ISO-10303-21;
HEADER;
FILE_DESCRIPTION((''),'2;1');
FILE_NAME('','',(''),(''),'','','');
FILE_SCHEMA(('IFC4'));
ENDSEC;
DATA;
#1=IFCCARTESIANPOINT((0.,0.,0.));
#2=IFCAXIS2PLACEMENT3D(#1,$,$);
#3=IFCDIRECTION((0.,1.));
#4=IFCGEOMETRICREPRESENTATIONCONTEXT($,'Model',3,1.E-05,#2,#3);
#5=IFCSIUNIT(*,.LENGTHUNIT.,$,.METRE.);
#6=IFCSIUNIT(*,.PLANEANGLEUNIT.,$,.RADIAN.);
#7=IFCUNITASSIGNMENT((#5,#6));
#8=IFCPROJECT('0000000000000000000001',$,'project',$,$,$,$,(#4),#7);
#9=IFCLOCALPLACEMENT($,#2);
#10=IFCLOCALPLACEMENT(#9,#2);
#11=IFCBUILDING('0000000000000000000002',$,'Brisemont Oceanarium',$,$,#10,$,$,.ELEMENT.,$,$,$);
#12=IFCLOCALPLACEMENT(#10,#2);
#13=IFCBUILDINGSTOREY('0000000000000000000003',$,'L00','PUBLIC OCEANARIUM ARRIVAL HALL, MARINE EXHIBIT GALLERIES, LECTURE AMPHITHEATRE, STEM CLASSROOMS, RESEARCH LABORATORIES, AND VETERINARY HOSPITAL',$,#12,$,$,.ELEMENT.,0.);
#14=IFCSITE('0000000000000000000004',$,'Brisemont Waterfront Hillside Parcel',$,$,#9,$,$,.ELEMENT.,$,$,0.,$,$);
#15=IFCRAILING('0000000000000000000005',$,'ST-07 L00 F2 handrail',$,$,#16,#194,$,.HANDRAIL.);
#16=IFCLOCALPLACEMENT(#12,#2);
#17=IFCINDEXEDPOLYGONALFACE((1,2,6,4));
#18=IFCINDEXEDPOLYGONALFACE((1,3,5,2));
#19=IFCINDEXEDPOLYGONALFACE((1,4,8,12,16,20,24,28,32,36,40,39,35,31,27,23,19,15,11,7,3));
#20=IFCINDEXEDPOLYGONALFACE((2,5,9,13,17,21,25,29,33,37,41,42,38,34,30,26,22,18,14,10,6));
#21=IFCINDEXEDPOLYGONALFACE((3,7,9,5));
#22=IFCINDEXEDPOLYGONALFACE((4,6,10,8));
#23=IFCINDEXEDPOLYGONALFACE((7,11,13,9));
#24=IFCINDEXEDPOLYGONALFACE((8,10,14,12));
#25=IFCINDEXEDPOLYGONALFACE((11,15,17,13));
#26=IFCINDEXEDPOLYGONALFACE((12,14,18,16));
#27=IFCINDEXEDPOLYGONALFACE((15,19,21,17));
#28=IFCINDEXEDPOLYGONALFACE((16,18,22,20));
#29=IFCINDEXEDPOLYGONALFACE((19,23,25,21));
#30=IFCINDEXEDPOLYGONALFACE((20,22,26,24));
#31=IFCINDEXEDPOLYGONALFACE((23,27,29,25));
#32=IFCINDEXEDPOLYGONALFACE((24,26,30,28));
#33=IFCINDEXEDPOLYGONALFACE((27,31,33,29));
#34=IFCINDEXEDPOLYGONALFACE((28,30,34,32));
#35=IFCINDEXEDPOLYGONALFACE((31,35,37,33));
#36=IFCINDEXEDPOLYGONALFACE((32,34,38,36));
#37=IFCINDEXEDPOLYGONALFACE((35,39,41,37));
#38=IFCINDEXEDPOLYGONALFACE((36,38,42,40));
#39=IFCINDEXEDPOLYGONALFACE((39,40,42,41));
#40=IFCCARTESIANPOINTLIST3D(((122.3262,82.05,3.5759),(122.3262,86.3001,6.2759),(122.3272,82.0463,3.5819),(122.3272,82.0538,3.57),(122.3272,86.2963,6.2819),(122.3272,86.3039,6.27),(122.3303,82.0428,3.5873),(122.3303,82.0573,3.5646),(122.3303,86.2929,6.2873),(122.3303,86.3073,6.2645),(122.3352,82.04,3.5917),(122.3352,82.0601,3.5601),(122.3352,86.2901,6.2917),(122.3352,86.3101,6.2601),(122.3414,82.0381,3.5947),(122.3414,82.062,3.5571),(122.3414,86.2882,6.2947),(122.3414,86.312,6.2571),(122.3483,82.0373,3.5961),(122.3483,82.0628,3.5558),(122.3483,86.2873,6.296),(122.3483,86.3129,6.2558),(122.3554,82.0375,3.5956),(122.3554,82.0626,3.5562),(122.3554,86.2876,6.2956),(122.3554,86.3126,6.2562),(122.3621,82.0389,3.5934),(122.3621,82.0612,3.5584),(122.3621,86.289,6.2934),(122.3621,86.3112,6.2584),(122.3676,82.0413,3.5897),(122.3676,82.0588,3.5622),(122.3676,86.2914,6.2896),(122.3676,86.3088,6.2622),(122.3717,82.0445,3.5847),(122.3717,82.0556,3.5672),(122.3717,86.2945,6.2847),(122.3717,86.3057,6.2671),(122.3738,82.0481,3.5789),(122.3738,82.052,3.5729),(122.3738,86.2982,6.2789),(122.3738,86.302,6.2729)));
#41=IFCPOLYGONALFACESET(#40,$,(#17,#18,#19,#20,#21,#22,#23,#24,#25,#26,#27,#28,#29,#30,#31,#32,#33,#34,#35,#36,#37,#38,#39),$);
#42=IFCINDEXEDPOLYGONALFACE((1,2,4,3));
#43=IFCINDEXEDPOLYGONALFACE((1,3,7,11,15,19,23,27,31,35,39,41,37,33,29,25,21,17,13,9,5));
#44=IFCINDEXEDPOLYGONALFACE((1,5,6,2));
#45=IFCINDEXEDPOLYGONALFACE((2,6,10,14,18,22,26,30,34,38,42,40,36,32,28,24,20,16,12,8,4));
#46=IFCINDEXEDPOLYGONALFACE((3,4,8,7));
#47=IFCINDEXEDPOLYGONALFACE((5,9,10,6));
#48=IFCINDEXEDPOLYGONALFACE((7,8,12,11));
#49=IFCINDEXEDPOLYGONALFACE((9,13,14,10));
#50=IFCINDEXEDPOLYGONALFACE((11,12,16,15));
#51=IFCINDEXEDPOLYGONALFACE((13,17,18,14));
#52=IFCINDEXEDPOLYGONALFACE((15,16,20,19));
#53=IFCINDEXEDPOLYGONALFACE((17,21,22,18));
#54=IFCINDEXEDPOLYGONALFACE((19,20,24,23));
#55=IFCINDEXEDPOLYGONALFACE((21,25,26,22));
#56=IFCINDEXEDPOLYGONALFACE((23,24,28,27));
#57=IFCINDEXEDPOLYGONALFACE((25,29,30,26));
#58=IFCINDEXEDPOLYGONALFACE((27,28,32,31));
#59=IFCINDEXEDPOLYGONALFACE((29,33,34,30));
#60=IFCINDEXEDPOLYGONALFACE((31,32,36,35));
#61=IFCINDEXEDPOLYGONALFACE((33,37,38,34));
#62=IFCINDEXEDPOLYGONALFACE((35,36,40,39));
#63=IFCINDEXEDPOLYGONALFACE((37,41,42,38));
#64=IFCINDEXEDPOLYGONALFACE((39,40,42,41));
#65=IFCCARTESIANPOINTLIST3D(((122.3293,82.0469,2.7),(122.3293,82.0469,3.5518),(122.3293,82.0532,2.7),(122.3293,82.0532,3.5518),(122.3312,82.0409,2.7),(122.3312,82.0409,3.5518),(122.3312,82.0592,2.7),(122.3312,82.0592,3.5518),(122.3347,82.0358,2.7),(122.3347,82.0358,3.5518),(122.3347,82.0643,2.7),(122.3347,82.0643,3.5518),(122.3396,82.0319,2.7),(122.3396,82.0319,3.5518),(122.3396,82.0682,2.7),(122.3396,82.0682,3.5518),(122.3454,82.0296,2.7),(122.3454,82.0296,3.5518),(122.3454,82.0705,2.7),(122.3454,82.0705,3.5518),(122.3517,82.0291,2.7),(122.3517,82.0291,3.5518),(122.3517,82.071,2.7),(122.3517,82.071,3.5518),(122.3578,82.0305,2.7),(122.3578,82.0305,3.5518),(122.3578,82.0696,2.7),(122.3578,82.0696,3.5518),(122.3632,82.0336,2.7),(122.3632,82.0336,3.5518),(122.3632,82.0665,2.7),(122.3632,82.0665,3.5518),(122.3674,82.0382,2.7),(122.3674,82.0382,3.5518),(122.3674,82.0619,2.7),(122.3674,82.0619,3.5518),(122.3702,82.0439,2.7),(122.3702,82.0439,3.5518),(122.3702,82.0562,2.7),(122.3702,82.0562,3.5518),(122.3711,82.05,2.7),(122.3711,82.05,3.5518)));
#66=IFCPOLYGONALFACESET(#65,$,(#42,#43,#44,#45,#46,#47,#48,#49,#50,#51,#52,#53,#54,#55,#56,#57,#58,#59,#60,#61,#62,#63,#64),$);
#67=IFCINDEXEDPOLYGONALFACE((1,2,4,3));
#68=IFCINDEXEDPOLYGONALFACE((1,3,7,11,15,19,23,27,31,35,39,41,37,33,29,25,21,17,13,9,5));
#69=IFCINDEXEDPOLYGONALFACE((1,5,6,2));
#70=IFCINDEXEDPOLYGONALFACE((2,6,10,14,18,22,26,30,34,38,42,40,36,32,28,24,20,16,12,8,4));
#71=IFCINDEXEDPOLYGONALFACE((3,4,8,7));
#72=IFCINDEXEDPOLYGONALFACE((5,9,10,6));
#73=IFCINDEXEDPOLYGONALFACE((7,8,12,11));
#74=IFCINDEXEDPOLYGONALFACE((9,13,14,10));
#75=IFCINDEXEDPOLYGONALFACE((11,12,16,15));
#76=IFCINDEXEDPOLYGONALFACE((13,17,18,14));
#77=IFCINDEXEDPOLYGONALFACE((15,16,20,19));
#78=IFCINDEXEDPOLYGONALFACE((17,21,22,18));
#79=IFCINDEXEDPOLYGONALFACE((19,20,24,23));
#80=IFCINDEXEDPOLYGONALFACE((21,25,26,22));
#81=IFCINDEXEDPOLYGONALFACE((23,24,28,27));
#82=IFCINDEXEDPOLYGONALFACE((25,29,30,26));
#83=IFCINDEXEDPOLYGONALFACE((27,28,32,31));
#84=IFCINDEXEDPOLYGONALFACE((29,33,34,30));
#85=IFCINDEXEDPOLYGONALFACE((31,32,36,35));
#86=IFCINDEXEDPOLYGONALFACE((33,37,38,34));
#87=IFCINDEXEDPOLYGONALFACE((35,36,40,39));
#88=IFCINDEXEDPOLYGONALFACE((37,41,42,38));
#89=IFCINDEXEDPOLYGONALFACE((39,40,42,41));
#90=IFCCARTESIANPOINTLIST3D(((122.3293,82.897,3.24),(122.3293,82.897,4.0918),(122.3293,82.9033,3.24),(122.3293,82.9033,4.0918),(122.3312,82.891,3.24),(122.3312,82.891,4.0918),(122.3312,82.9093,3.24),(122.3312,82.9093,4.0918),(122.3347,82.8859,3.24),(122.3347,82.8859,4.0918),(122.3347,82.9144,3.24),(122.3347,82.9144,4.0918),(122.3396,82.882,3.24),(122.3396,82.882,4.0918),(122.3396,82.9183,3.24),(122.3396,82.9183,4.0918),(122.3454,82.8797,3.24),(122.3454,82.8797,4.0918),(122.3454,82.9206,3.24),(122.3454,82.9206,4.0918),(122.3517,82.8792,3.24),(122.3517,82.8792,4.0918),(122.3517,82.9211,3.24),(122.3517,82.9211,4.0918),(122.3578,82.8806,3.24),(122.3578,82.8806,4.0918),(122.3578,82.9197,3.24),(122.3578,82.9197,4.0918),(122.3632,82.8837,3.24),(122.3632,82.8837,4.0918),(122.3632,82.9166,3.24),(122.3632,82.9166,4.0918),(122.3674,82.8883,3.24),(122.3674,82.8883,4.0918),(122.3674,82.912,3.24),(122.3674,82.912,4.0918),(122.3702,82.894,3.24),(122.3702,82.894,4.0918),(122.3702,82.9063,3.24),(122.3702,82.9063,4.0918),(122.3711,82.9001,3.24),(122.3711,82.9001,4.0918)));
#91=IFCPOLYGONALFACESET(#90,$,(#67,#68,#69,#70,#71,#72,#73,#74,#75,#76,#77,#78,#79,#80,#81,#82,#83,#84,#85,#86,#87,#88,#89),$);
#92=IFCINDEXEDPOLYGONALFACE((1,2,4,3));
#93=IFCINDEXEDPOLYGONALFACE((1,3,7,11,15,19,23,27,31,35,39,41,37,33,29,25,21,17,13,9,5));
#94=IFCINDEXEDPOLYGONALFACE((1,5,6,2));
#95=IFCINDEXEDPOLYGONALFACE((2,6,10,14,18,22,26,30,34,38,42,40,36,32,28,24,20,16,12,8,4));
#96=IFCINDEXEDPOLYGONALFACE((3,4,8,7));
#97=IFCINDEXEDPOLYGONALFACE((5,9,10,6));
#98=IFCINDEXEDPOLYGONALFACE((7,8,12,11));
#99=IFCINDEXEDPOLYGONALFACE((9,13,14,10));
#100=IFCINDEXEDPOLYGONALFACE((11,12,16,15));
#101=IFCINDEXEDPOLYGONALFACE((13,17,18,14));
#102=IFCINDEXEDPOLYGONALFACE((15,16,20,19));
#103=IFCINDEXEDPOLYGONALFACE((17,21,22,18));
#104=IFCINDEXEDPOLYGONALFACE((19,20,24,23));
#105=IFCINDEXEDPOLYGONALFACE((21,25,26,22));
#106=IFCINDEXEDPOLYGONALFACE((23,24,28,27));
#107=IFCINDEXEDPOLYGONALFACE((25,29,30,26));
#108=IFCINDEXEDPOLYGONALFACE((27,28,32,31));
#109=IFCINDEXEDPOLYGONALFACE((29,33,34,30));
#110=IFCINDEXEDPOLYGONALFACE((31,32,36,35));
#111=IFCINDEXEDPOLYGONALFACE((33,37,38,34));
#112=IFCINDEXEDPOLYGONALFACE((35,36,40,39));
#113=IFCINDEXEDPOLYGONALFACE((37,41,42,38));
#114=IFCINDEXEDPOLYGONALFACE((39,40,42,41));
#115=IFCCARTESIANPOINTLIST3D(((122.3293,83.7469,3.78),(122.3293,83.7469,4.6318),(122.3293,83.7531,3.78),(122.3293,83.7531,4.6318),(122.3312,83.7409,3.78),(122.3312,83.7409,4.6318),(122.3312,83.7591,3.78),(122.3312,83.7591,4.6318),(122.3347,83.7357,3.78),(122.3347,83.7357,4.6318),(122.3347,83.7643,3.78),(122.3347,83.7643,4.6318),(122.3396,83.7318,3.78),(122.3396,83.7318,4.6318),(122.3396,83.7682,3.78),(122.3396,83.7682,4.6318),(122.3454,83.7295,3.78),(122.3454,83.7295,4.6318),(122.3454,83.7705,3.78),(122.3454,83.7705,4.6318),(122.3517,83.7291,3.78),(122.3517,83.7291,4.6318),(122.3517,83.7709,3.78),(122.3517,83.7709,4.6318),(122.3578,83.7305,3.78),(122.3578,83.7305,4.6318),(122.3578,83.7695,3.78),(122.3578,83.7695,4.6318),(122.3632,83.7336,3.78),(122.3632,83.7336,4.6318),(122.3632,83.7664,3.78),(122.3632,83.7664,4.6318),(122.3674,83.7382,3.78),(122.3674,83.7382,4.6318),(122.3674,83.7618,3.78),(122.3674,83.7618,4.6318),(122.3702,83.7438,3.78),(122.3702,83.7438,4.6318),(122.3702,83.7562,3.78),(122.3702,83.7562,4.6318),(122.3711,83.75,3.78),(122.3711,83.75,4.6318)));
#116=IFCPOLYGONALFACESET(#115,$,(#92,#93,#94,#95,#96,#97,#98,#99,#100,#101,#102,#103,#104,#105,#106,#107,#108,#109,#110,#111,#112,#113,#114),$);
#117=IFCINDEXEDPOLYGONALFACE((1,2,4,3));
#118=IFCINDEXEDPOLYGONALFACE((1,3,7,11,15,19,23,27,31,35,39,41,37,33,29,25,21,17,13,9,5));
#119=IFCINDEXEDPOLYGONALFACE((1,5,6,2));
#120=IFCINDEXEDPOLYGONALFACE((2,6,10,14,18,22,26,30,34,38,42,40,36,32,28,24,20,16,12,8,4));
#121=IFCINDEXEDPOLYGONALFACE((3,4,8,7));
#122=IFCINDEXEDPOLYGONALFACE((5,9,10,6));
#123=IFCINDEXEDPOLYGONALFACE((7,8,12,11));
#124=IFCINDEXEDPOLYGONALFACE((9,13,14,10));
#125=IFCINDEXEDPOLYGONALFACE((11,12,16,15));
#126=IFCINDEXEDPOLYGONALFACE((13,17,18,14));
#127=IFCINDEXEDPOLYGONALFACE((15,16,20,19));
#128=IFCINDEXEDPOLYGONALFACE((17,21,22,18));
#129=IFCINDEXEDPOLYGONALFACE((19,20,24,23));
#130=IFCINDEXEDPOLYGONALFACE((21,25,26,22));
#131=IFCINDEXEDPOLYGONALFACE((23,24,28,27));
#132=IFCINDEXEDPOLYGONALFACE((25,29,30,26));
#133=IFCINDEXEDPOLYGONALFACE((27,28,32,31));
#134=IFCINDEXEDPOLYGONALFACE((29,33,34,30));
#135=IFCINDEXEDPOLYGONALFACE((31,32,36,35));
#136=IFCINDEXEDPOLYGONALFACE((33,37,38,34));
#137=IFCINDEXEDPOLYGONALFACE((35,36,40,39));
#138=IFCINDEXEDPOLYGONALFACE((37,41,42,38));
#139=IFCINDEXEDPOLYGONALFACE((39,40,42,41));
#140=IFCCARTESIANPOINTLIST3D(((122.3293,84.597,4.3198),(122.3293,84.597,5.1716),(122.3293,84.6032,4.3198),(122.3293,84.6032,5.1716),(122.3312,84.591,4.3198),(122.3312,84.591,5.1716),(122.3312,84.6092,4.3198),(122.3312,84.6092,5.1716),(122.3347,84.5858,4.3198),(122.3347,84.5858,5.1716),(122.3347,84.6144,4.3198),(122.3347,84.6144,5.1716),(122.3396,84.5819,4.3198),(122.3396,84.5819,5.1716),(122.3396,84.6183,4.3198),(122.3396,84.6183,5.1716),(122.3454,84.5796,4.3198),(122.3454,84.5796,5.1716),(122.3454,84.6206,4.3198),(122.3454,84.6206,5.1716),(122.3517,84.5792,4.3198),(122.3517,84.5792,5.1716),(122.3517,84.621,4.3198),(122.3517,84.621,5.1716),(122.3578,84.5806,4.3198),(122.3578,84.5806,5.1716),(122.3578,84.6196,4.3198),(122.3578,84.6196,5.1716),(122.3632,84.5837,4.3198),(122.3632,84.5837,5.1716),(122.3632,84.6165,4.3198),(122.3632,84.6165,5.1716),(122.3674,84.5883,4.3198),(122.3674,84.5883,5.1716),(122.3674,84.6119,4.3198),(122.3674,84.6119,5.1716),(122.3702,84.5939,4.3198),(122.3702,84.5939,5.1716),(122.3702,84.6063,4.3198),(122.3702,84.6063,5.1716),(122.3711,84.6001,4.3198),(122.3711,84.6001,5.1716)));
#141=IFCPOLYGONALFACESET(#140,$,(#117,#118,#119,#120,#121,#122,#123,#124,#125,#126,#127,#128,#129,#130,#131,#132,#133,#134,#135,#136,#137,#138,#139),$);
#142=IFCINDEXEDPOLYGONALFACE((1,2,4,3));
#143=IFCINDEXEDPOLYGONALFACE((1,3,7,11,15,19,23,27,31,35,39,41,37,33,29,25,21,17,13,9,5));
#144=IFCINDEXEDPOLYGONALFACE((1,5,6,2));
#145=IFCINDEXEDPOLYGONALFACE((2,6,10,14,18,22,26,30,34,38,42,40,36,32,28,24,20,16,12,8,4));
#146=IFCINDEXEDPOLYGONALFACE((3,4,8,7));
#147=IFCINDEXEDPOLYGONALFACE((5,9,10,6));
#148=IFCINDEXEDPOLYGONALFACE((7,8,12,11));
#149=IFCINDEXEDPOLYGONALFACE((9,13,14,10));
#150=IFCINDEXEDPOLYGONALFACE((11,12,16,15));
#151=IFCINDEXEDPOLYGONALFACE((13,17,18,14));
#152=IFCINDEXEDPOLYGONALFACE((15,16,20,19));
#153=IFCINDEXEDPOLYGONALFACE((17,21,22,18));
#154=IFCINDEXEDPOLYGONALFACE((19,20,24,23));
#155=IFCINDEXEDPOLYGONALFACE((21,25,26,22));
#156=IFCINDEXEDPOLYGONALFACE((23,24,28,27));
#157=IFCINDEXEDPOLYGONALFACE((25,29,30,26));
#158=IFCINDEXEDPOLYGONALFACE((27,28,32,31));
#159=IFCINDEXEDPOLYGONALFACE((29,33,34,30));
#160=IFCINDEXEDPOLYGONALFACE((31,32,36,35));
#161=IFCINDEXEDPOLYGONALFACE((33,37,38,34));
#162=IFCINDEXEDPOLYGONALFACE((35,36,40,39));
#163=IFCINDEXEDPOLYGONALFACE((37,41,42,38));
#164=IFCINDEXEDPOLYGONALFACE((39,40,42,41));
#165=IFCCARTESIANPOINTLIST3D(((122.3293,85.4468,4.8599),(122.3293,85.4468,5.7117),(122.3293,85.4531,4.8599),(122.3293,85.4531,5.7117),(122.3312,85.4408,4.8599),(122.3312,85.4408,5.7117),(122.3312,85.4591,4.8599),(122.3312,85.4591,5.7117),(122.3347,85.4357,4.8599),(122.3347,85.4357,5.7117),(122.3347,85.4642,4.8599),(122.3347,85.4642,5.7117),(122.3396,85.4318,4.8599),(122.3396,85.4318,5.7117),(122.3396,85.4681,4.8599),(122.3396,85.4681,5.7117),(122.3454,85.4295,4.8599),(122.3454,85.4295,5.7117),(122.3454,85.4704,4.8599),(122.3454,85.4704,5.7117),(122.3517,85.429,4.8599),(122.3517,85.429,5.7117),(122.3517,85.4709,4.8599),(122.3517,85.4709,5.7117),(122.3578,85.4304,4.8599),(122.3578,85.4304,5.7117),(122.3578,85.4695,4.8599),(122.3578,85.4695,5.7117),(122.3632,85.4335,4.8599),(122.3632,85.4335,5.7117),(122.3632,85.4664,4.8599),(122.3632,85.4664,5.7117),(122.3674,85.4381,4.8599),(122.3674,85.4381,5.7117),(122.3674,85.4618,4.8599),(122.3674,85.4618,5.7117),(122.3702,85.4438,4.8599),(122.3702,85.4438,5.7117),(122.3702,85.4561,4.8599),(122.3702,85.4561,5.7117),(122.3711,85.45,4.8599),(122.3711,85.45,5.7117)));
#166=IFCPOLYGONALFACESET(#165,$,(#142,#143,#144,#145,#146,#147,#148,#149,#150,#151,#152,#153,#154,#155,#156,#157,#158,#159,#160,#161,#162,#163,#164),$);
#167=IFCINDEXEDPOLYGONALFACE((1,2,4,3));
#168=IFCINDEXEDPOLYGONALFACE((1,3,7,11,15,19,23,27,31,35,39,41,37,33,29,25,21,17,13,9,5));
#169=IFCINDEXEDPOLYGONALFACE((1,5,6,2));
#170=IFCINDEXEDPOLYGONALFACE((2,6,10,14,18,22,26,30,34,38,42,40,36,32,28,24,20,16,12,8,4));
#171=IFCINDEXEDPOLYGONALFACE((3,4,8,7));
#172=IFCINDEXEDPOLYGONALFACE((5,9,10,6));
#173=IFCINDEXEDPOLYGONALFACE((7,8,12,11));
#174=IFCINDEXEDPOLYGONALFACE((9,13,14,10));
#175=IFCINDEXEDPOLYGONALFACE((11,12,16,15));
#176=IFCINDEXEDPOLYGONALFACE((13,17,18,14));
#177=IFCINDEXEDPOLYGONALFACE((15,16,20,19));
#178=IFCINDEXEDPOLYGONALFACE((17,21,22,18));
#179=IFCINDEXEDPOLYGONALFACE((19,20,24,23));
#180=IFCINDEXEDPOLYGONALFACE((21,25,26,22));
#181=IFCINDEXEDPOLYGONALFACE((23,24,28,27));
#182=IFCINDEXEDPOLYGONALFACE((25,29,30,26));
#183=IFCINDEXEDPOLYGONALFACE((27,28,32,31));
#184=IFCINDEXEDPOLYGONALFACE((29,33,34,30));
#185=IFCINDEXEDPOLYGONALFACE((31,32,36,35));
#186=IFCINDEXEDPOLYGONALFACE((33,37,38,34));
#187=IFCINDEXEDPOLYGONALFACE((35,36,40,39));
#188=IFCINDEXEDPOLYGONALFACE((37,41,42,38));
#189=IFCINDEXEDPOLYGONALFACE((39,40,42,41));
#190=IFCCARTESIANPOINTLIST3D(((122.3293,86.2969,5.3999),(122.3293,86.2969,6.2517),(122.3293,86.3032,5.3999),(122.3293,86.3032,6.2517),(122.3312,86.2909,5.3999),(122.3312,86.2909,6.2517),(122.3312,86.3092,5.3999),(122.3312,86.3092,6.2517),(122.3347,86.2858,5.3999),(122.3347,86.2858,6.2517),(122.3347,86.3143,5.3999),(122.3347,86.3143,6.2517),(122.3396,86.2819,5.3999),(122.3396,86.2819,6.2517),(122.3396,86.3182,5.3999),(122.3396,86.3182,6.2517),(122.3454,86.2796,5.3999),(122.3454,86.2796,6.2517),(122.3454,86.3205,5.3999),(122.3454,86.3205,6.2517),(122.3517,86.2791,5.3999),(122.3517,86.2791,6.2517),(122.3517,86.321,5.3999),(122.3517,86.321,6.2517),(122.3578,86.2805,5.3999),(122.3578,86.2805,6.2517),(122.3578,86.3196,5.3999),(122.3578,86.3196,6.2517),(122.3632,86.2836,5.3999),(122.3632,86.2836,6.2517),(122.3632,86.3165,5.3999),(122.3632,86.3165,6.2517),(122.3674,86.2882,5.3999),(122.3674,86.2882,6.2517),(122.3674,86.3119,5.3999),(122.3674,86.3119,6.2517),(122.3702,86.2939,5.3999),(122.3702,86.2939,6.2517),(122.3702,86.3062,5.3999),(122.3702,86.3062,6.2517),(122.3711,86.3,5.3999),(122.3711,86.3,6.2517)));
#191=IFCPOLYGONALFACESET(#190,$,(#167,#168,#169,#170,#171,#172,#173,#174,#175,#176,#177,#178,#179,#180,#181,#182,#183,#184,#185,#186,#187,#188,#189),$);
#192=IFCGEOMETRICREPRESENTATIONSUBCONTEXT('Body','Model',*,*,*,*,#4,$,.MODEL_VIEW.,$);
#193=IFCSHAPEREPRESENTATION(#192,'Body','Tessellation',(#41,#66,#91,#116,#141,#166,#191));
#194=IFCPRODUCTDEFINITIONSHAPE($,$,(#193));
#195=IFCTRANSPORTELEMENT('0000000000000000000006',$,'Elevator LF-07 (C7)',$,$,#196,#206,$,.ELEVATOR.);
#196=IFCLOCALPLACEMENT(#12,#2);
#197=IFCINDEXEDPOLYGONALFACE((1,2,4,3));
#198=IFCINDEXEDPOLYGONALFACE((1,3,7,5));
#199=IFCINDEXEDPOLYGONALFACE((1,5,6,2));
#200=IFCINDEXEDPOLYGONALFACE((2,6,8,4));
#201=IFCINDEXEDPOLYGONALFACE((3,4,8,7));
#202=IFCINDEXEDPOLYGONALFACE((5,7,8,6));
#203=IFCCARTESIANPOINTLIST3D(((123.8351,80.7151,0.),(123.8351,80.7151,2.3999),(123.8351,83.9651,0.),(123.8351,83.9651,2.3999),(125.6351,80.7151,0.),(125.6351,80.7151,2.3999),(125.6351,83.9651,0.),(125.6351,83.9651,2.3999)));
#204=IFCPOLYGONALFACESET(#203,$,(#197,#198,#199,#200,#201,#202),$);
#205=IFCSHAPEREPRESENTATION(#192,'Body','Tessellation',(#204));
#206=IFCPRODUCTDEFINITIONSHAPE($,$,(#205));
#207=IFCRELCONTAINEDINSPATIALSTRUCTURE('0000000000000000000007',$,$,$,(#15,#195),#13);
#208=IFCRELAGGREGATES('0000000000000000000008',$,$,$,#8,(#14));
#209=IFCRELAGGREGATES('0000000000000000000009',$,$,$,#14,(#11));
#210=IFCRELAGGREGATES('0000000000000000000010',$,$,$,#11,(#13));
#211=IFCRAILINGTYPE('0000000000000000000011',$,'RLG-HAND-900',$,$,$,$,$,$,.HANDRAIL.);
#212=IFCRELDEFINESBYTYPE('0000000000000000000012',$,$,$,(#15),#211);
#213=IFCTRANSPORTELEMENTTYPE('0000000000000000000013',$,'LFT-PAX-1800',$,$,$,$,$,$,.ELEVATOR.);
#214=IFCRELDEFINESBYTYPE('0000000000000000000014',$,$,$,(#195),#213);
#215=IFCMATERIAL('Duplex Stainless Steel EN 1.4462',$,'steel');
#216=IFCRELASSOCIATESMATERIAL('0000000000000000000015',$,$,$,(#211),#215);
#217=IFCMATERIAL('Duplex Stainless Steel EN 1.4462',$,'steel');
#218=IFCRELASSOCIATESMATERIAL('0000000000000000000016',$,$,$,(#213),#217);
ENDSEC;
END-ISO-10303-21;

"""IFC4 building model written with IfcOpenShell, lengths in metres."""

from ifc_helpers import new_model, si_unit, direction, frame, origin, origin_2d, place, context, subcontext, project, spatial, rectangle, circle, extrude, material, type_object, element, save


model = new_model("IFC4")

# Units and contexts
model_context = context("Model", 3, precision=1e-05, world=origin(), true_north=direction((0.0, 1.0)))
body_context = subcontext(model_context, "Body", "Model", "MODEL_VIEW")
ifc_project = project(units=[si_unit("LENGTHUNIT", "METRE"), si_unit("PLANEANGLEUNIT", "RADIAN")], contexts=[model_context])

# Site, building, storey
site_placement = place(None, origin())
site = spatial("IfcSite", under=ifc_project, at=site_placement, Name="Brisemont Waterfront Hillside Parcel", CompositionType="ELEMENT", RefElevation=0.0)
building_placement = place(site_placement, origin())
building = spatial("IfcBuilding", under=site, at=building_placement, Name="Brisemont Oceanarium", CompositionType="ELEMENT")
storey_placement = place(building_placement, origin())
storey = spatial("IfcBuildingStorey", under=building, at=storey_placement, Name="L00", Description="PUBLIC OCEANARIUM ARRIVAL HALL, MARINE EXHIBIT GALLERIES, LECTURE AMPHITHEATRE, STEM CLASSROOMS, RESEARCH LABORATORIES, AND VETERINARY HOSPITAL", CompositionType="ELEMENT", Elevation=0.0)

# Railing
ifc_material_1 = material(Name="Duplex Stainless Steel EN 1.4462", Category="steel")
railing_type_1 = type_object("IfcRailingType", Name="RLG-HAND-900", PredefinedType="HANDRAIL", material=ifc_material_1)
railing_1_placement = place(storey_placement, frame((122.3501, 82.05, 2.7)))
element("IfcRailing", 1, at=railing_1_placement, inside=storey, type_object=railing_type_1, Name="ST-07 L00 F2 handrail", PredefinedType="HANDRAIL", context=body_context, shape_type="SweptSolid", body=[
    extrude(circle(Radius=0.0239, at=origin_2d()), frame((0.0, 0.0, 0.876), z_axis=(0.0, 0.844075, 0.536226), x_axis=(-1.0, 0.0, 0.0)), (0.0, 0.0, 1.0), 5.0352),
    extrude(circle(Radius=0.021, at=origin_2d()), origin(), (0.0, 0.0, 1.0), 0.8518),
    extrude(circle(Radius=0.021, at=origin_2d()), frame((0.0, 0.8501, 0.54)), (0.0, 0.0, 1.0), 0.8518),
    extrude(circle(Radius=0.021, at=origin_2d()), frame((0.0, 1.7, 1.0801)), (0.0, 0.0, 1.0), 0.8518),
    extrude(circle(Radius=0.021, at=origin_2d()), frame((0.0, 2.55, 1.6199)), (0.0, 0.0, 1.0), 0.8518),
    extrude(circle(Radius=0.021, at=origin_2d()), frame((0.0, 3.3999, 2.1599)), (0.0, 0.0, 1.0), 0.8518),
    extrude(circle(Radius=0.021, at=origin_2d()), frame((0.0, 4.25, 2.7)), (0.0, 0.0, 1.0), 0.8518),
])

# Transport element
ifc_material_2 = material(Name="Duplex Stainless Steel EN 1.4462", Category="steel")
transport_element_type = type_object("IfcTransportElementType", Name="LFT-PAX-1800", PredefinedType="ELEVATOR", material=ifc_material_2)
transport_element_placement = place(storey_placement, frame((124.7351, 82.3401, 0.0), z_axis=(0.0, 0.0, 1.0), x_axis=(1.0, 0.0, 0.0)))
element("IfcTransportElement", 2, at=transport_element_placement, inside=storey, type_object=transport_element_type, Name="Elevator LF-07 (C7)", PredefinedType="ELEVATOR", context=body_context, shape_type="SweptSolid", body=[
    extrude(rectangle(XDim=1.8, YDim=3.25, at=origin_2d()), origin(), (0.0, 0.0, 1.0), 2.3999),
])

save(model, "model.ifc")
